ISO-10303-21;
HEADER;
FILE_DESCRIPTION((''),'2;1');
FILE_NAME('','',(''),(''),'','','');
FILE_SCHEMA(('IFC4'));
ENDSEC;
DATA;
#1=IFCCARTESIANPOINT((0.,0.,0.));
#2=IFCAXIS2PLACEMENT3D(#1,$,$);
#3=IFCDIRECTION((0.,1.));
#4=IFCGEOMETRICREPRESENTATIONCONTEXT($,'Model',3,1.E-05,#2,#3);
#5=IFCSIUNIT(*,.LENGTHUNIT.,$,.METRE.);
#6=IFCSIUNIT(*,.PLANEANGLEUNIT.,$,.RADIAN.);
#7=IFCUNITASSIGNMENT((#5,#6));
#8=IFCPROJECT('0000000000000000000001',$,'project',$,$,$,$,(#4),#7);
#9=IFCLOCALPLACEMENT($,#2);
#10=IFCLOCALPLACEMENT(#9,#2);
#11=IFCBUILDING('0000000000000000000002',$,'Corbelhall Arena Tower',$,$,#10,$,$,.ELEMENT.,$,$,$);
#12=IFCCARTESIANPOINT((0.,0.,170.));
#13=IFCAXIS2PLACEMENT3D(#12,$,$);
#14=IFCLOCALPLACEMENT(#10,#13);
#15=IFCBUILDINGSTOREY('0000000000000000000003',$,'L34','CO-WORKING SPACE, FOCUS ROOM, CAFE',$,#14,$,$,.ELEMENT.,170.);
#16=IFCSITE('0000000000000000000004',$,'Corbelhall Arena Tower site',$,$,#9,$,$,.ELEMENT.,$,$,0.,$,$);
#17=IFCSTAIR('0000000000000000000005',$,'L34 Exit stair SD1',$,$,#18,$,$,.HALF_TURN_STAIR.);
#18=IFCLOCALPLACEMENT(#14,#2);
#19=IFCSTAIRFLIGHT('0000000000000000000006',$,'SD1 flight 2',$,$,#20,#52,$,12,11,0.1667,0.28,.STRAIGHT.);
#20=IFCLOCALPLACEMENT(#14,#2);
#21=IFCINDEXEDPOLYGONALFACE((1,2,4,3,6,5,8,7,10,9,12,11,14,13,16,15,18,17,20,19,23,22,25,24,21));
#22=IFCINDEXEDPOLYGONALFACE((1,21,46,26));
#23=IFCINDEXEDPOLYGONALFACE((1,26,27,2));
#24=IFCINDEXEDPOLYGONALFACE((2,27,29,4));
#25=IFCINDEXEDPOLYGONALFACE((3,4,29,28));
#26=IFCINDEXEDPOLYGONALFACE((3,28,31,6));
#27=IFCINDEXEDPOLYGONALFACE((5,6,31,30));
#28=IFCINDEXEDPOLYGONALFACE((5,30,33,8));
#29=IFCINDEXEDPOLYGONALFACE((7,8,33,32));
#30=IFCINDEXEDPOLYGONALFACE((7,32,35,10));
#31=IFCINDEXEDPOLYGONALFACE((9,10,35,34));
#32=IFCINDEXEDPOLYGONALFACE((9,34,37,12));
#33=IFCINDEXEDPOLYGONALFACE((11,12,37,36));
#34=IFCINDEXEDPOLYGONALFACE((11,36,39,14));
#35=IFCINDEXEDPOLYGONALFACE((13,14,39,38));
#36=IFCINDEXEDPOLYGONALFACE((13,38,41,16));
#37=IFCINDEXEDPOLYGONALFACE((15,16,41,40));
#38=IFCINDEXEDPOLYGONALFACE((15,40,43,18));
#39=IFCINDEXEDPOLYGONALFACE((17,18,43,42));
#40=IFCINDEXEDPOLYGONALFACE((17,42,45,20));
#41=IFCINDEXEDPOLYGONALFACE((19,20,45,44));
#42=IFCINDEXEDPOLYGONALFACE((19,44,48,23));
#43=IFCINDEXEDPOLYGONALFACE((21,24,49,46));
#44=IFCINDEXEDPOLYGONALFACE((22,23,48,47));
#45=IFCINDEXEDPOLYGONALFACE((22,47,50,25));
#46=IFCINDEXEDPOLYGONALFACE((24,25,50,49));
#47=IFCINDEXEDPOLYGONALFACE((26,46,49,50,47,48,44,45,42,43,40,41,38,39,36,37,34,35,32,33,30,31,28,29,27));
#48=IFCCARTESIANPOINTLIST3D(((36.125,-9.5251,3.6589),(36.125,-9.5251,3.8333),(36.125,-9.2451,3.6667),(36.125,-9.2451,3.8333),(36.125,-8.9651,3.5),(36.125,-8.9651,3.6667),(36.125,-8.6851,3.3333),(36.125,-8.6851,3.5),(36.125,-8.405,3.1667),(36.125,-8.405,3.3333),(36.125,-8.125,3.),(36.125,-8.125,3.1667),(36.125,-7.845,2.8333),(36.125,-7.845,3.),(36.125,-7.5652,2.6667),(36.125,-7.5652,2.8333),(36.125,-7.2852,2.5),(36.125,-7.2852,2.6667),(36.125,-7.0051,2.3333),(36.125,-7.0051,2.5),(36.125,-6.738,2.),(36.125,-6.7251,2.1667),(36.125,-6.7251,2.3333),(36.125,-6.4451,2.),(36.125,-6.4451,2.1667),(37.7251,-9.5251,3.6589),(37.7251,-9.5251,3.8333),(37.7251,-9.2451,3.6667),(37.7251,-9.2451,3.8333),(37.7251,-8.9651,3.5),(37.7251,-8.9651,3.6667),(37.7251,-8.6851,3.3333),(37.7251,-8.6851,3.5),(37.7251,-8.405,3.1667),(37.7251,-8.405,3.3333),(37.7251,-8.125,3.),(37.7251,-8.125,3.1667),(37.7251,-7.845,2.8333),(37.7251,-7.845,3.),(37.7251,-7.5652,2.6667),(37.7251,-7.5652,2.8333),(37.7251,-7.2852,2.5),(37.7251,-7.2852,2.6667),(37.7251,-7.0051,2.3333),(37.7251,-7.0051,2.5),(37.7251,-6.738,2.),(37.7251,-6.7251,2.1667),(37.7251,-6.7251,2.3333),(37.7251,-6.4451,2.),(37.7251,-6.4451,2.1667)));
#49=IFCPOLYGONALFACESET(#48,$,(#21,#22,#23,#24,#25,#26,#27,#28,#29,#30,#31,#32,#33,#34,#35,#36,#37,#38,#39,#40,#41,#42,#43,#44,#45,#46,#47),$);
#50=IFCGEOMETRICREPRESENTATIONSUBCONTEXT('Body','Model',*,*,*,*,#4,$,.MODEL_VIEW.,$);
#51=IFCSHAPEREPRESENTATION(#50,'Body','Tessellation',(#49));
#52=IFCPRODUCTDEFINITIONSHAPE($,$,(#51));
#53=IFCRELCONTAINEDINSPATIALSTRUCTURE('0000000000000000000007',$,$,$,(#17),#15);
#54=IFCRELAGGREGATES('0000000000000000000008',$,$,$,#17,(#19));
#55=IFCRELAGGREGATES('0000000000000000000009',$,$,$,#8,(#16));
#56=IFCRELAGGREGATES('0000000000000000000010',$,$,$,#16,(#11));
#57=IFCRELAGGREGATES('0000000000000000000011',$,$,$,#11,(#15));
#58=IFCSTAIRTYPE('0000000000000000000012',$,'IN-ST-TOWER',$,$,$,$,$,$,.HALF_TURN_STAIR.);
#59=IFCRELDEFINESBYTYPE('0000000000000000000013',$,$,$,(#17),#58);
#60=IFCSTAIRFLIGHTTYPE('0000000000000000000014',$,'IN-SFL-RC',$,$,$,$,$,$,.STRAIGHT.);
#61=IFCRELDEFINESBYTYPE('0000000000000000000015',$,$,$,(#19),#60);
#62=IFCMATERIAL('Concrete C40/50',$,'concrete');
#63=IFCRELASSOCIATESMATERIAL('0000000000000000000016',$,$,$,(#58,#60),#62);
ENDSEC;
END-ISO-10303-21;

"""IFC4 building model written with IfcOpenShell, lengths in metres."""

from ifc_helpers import new_model, si_unit, direction, frame, origin, place, context, subcontext, project, spatial, polyline, outline, extrude, material, type_object, element, aggregate, save


model = new_model("IFC4")

# Units and contexts
model_context = context("Model", 3, precision=1e-05, world=origin(), true_north=direction((0.0, 1.0)))
body_context = subcontext(model_context, "Body", "Model", "MODEL_VIEW")
ifc_project = project(units=[si_unit("LENGTHUNIT", "METRE"), si_unit("PLANEANGLEUNIT", "RADIAN")], contexts=[model_context])

# Site, building, storey
site_placement = place(None, origin())
site = spatial("IfcSite", under=ifc_project, at=site_placement, Name="Corbelhall Arena Tower site", CompositionType="ELEMENT", RefElevation=0.0)
building_placement = place(site_placement, origin())
building = spatial("IfcBuilding", under=site, at=building_placement, Name="Corbelhall Arena Tower", CompositionType="ELEMENT")
storey_placement = place(building_placement, frame((0.0, 0.0, 170.0)))
storey = spatial("IfcBuildingStorey", under=building, at=storey_placement, Name="L34", Description="CO-WORKING SPACE, FOCUS ROOM, CAFE", CompositionType="ELEMENT", Elevation=170.0)

# Shared definitions
ifc_material_1 = material(Name="Concrete C40/50", Category="concrete")

# Stair, stair flight
stair_type = type_object("IfcStairType", Name="IN-ST-TOWER", PredefinedType="HALF_TURN_STAIR", material=ifc_material_1)
stair_placement = place(storey_placement, origin())
stair = element("IfcStair", 1, at=stair_placement, inside=storey, type_object=stair_type, Name="L34 Exit stair SD1", PredefinedType="HALF_TURN_STAIR")
stair_flight_type = type_object("IfcStairFlightType", Name="IN-SFL-RC", PredefinedType="STRAIGHT", material=ifc_material_1)
stair_flight_1_placement = place(storey_placement, frame((36.925, -6.4451, 2.0), z_axis=(0.0, 0.0, 1.0), x_axis=(0.0, -1.0, 0.0)))
stair_flight_1 = element("IfcStairFlight", 2, at=stair_flight_1_placement, type_object=stair_flight_type, Name="SD1 flight 2", NumberOfRisers=12, NumberOfTreads=11, PredefinedType="STRAIGHT", RiserHeight=0.1667, TreadLength=0.28, context=body_context, shape_type="SweptSolid", body=[
    extrude(outline(polyline([(0.0, 0.0), (0.0, 0.1667), (0.28, 0.1667), (0.28, 0.3333), (0.5601, 0.3333), (0.5601, 0.5), (0.8401, 0.5), (0.8401, 0.6667), (1.1201, 0.6667), (1.1201, 0.8333), (1.3999, 0.8333), (1.3999, 1.0), (1.6799, 1.0), (1.6799, 1.1667), (1.96, 1.1667), (1.96, 1.3333), (2.24, 1.3333), (2.24, 1.5), (2.52, 1.5), (2.52, 1.6667), (2.8, 1.6667), (2.8, 1.8333), (3.0801, 1.8333), (3.0801, 2.0), (3.0801, 1.6589), (0.293, 0.0), (0.0, 0.0)])), frame((0.0, 0.8, 0.0), z_axis=(0.0, -1.0, 0.0), x_axis=(1.0, 0.0, 0.0)), (0.0, 0.0, 1.0), 1.6001),
])
aggregate(stair, [stair_flight_1])

save(model, "model.ifc")
